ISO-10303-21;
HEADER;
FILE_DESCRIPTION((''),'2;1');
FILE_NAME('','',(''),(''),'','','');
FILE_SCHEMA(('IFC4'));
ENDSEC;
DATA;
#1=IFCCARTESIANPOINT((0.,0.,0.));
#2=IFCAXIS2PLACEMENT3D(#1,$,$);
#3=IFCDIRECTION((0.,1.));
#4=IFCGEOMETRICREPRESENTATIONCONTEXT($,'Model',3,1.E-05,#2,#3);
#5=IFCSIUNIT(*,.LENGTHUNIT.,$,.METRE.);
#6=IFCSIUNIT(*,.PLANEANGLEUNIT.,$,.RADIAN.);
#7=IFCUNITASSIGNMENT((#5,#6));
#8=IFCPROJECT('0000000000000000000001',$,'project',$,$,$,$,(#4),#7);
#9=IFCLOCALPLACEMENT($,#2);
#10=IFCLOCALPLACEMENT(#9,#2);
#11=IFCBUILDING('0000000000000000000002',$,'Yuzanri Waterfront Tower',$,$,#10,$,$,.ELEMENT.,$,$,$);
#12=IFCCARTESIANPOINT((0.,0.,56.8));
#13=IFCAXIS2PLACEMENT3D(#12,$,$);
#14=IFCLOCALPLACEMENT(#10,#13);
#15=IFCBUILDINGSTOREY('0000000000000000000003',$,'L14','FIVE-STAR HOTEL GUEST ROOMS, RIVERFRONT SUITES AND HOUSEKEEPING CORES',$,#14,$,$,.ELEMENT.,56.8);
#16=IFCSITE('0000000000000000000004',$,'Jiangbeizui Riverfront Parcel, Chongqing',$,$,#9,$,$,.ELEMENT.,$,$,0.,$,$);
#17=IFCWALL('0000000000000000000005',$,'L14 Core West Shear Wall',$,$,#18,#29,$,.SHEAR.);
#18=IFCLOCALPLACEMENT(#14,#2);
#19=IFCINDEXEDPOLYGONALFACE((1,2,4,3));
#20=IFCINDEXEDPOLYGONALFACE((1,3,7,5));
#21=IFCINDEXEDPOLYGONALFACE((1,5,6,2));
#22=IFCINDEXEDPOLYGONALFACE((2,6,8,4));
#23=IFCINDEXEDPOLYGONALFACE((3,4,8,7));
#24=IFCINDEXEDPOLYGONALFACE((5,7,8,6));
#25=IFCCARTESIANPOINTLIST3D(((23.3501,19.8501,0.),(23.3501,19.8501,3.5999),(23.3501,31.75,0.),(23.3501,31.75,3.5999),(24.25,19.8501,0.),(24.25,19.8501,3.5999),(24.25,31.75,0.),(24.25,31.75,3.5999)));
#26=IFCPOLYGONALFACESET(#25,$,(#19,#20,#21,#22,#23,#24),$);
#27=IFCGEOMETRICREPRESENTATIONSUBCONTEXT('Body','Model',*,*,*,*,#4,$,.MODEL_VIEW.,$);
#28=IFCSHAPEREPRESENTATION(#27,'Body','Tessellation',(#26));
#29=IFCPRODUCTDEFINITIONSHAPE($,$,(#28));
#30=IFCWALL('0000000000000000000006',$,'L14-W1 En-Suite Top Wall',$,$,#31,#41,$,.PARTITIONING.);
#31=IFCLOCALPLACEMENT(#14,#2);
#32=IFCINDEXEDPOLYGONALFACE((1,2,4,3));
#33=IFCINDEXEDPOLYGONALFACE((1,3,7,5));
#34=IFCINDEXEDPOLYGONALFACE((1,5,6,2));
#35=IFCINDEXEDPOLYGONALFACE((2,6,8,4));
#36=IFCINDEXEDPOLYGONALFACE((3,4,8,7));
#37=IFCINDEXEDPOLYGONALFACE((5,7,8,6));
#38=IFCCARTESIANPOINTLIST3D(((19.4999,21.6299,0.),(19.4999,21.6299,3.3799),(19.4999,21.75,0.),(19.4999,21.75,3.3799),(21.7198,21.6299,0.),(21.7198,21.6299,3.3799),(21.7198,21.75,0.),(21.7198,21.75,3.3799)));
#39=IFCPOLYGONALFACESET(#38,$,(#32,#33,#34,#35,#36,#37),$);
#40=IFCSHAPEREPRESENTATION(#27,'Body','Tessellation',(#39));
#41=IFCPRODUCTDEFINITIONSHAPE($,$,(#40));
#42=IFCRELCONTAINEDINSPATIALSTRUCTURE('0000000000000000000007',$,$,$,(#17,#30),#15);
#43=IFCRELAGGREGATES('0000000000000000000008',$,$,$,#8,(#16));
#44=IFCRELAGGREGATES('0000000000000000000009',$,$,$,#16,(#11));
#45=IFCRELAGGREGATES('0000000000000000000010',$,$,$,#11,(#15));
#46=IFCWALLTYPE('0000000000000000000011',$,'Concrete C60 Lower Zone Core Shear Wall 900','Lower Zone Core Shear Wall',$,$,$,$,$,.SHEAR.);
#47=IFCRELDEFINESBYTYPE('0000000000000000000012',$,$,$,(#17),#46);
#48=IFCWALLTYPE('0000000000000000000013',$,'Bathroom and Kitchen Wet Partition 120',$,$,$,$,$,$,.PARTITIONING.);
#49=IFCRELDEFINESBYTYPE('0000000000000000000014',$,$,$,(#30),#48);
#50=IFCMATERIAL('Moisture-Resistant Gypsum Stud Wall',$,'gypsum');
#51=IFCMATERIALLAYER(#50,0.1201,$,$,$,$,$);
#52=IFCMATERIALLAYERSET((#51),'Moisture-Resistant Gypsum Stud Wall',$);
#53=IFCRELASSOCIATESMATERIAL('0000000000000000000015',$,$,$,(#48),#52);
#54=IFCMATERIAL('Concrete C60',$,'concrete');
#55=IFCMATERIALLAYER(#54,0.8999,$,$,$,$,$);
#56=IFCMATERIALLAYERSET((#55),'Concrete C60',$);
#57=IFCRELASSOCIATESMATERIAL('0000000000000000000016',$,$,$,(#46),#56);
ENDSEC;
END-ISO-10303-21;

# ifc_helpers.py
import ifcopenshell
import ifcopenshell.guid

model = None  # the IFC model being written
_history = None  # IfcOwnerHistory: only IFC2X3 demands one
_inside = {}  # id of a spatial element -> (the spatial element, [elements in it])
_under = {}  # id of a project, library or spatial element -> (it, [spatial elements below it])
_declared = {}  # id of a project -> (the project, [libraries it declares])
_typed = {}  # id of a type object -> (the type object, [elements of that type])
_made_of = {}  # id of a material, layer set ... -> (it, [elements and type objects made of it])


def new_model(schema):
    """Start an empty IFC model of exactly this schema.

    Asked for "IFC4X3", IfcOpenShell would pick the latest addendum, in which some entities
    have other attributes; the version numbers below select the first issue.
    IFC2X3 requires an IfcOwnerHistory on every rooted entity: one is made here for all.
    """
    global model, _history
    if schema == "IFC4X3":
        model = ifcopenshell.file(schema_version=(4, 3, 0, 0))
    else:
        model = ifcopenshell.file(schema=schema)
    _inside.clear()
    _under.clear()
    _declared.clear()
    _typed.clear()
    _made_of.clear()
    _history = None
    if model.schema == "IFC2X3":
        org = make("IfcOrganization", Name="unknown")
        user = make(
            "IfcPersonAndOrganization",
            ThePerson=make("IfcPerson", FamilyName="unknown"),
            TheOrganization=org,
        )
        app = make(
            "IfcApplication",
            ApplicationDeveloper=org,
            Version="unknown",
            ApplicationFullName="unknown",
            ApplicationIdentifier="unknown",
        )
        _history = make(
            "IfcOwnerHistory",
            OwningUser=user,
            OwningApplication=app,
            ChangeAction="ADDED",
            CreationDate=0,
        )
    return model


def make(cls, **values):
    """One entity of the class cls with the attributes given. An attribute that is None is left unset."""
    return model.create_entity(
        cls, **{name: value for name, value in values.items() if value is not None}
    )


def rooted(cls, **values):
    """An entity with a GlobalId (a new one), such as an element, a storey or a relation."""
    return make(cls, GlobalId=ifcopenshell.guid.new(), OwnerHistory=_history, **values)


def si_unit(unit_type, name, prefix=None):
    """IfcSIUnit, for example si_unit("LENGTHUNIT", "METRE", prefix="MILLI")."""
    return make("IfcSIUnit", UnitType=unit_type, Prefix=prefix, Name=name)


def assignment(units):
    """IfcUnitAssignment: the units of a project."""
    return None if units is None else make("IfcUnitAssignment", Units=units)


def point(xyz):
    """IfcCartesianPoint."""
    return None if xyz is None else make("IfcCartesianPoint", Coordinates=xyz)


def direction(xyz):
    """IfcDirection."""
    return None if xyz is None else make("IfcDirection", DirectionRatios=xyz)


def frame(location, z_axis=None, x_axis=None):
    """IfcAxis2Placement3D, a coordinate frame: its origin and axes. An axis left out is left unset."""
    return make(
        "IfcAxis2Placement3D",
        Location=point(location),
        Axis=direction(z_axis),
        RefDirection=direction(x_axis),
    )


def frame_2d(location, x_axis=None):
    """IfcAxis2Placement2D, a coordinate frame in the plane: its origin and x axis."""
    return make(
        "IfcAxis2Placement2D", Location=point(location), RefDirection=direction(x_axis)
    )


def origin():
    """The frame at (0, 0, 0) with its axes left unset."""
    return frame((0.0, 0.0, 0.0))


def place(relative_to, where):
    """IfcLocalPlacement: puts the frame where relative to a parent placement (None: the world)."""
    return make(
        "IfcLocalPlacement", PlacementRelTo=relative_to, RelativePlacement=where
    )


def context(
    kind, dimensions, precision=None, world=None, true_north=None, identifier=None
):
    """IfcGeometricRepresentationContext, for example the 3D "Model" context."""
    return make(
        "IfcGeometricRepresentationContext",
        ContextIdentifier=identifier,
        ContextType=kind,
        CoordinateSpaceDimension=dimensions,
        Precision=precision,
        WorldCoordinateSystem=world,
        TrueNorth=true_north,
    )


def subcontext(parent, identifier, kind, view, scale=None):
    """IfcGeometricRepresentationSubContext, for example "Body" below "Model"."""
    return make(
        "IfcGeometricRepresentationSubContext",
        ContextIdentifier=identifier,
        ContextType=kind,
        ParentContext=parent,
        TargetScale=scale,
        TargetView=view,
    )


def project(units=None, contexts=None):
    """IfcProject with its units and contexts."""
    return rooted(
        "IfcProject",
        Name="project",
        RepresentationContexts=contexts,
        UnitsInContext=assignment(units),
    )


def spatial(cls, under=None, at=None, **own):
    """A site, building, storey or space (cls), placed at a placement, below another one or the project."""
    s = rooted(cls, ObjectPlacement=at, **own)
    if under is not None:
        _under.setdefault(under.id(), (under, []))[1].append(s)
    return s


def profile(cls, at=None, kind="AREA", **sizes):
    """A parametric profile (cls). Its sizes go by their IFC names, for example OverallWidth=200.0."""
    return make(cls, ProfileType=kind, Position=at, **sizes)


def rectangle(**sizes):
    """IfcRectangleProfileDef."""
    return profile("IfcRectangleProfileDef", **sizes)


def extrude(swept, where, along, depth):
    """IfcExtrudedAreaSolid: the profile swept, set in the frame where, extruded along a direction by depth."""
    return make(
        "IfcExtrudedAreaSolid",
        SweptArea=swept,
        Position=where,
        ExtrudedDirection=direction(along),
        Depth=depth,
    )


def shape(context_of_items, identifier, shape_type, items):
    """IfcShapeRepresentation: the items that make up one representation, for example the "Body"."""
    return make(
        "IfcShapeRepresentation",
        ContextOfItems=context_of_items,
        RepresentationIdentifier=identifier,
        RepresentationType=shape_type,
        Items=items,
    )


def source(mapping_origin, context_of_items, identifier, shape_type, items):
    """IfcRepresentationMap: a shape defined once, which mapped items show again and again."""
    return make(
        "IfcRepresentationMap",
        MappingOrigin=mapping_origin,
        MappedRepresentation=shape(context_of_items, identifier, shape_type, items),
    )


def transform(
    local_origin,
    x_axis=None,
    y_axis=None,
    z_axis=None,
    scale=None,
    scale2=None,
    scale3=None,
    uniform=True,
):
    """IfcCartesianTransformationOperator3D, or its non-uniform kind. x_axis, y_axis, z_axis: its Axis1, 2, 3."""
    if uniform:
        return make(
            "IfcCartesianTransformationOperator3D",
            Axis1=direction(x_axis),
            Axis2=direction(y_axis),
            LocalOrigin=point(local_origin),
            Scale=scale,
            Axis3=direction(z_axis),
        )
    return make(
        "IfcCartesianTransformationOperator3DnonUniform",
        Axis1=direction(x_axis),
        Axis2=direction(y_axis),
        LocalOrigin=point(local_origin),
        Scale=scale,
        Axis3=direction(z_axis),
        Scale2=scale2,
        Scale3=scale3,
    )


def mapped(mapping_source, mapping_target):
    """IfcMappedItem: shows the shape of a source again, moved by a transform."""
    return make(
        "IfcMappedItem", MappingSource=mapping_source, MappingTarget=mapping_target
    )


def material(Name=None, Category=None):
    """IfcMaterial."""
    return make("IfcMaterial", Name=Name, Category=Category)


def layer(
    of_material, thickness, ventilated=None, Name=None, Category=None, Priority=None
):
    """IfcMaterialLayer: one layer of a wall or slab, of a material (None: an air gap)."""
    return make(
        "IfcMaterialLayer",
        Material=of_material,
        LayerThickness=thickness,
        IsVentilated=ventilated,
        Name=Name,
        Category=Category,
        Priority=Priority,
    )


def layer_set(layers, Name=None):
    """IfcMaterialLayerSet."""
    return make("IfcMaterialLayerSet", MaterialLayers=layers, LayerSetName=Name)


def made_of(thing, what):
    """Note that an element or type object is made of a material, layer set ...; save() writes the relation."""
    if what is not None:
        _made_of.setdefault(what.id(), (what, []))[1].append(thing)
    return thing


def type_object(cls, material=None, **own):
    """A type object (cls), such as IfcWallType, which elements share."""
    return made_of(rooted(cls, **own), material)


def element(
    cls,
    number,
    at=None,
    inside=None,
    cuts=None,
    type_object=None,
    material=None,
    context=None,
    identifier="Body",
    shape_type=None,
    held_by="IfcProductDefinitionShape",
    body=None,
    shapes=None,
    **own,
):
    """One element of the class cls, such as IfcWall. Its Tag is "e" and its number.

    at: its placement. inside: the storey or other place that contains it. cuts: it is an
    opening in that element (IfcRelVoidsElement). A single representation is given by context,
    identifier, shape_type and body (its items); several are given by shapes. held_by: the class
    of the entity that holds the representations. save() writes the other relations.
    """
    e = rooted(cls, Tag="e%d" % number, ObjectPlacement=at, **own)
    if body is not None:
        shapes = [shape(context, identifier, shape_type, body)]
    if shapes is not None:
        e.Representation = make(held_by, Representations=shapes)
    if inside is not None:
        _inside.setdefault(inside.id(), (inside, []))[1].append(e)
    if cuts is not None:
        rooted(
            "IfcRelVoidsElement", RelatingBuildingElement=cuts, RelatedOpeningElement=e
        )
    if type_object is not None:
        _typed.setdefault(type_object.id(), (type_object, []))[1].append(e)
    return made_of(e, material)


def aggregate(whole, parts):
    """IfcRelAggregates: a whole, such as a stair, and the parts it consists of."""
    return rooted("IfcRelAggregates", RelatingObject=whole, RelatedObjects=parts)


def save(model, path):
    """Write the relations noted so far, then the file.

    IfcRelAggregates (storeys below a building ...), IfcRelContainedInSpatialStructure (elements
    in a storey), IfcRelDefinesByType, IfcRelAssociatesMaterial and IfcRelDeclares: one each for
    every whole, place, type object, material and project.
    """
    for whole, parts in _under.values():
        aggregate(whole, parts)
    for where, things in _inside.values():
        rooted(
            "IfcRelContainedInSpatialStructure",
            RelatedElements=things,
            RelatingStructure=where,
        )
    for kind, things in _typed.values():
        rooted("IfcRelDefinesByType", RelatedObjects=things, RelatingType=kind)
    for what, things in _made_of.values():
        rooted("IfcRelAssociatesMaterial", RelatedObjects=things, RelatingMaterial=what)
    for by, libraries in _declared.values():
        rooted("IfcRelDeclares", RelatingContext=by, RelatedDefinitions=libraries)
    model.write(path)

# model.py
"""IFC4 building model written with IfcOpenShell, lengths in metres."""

from ifc_helpers import new_model, si_unit, direction, frame, frame_2d, origin, place, context, subcontext, project, spatial, rectangle, extrude, source, transform, mapped, material, layer, layer_set, type_object, element, save


model = new_model("IFC4")

# Units and contexts
model_context = context("Model", 3, precision=1e-05, world=origin(), true_north=direction((0.0, 1.0)))
body_context = subcontext(model_context, "Body", "Model", "MODEL_VIEW")
ifc_project = project(units=[si_unit("LENGTHUNIT", "METRE"), si_unit("PLANEANGLEUNIT", "RADIAN")], contexts=[model_context])

# Site, building, storey
site_placement = place(None, origin())
site = spatial("IfcSite", under=ifc_project, at=site_placement, Name="Jiangbeizui Riverfront Parcel, Chongqing", CompositionType="ELEMENT", RefElevation=0.0)
building_placement = place(site_placement, origin())
building = spatial("IfcBuilding", under=site, at=building_placement, Name="Yuzanri Waterfront Tower", CompositionType="ELEMENT")
storey_placement = place(building_placement, frame((0.0, 0.0, 56.8)))
storey = spatial("IfcBuildingStorey", under=building, at=storey_placement, Name="L14", Description="FIVE-STAR HOTEL GUEST ROOMS, RIVERFRONT SUITES AND HOUSEKEEPING CORES", CompositionType="ELEMENT", Elevation=56.8)

# Shared definitions
ifc_material_1 = material(Name="Moisture-Resistant Gypsum Stud Wall", Category="gypsum")
ifc_layer_1 = layer(ifc_material_1, 0.1201)
ifc_layer_set_1 = layer_set([ifc_layer_1], Name="Moisture-Resistant Gypsum Stud Wall")
wall_type_1 = type_object("IfcWallType", Name="Bathroom and Kitchen Wet Partition 120", PredefinedType="PARTITIONING", material=ifc_layer_set_1)

# Shared definitions
ifc_material_2 = material(Name="Concrete C60", Category="concrete")
ifc_layer_2 = layer(ifc_material_2, 0.8999)
ifc_layer_set_2 = layer_set([ifc_layer_2], Name="Concrete C60")
wall_type_2 = type_object("IfcWallType", Name="Concrete C60 Lower Zone Core Shear Wall 900", Description="Lower Zone Core Shear Wall", PredefinedType="SHEAR", material=ifc_layer_set_2)

# Walls
shared_shape_1 = source(origin(), body_context, "Body", "SweptSolid", [
    extrude(rectangle(XDim=11.8999, YDim=0.8999, at=frame_2d((5.95, 0.0))), origin(), (0.0, 0.0, 1.0), 3.5999),
])
wall_1_placement = place(storey_placement, frame((23.8, 19.8501, 0.0), z_axis=(0.0, 0.0, 1.0), x_axis=(0.0, 1.0, 0.0)))
element("IfcWall", 1, at=wall_1_placement, inside=storey, type_object=wall_type_2, Name="L14 Core West Shear Wall", PredefinedType="SHEAR", context=body_context, shape_type="MappedRepresentation", body=[
    mapped(shared_shape_1, transform((0.0, 0.0, 0.0), scale=1.0)),
])
shared_shape_2 = source(origin(), body_context, "Body", "SweptSolid", [
    extrude(rectangle(XDim=2.22, YDim=0.1201, at=frame_2d((1.1099, 0.0))), origin(), (0.0, 0.0, 1.0), 3.3799),
])
wall_2_placement = place(storey_placement, frame((19.5, 21.6899, 0.0), z_axis=(0.0, 0.0, 1.0), x_axis=(1.0, 0.0, 0.0)))
element("IfcWall", 2, at=wall_2_placement, inside=storey, type_object=wall_type_1, Name="L14-W1 En-Suite Top Wall", PredefinedType="PARTITIONING", context=body_context, shape_type="MappedRepresentation", body=[
    mapped(shared_shape_2, transform((0.0, 0.0, 0.0), scale=1.0)),
])

save(model, "model.ifc")
